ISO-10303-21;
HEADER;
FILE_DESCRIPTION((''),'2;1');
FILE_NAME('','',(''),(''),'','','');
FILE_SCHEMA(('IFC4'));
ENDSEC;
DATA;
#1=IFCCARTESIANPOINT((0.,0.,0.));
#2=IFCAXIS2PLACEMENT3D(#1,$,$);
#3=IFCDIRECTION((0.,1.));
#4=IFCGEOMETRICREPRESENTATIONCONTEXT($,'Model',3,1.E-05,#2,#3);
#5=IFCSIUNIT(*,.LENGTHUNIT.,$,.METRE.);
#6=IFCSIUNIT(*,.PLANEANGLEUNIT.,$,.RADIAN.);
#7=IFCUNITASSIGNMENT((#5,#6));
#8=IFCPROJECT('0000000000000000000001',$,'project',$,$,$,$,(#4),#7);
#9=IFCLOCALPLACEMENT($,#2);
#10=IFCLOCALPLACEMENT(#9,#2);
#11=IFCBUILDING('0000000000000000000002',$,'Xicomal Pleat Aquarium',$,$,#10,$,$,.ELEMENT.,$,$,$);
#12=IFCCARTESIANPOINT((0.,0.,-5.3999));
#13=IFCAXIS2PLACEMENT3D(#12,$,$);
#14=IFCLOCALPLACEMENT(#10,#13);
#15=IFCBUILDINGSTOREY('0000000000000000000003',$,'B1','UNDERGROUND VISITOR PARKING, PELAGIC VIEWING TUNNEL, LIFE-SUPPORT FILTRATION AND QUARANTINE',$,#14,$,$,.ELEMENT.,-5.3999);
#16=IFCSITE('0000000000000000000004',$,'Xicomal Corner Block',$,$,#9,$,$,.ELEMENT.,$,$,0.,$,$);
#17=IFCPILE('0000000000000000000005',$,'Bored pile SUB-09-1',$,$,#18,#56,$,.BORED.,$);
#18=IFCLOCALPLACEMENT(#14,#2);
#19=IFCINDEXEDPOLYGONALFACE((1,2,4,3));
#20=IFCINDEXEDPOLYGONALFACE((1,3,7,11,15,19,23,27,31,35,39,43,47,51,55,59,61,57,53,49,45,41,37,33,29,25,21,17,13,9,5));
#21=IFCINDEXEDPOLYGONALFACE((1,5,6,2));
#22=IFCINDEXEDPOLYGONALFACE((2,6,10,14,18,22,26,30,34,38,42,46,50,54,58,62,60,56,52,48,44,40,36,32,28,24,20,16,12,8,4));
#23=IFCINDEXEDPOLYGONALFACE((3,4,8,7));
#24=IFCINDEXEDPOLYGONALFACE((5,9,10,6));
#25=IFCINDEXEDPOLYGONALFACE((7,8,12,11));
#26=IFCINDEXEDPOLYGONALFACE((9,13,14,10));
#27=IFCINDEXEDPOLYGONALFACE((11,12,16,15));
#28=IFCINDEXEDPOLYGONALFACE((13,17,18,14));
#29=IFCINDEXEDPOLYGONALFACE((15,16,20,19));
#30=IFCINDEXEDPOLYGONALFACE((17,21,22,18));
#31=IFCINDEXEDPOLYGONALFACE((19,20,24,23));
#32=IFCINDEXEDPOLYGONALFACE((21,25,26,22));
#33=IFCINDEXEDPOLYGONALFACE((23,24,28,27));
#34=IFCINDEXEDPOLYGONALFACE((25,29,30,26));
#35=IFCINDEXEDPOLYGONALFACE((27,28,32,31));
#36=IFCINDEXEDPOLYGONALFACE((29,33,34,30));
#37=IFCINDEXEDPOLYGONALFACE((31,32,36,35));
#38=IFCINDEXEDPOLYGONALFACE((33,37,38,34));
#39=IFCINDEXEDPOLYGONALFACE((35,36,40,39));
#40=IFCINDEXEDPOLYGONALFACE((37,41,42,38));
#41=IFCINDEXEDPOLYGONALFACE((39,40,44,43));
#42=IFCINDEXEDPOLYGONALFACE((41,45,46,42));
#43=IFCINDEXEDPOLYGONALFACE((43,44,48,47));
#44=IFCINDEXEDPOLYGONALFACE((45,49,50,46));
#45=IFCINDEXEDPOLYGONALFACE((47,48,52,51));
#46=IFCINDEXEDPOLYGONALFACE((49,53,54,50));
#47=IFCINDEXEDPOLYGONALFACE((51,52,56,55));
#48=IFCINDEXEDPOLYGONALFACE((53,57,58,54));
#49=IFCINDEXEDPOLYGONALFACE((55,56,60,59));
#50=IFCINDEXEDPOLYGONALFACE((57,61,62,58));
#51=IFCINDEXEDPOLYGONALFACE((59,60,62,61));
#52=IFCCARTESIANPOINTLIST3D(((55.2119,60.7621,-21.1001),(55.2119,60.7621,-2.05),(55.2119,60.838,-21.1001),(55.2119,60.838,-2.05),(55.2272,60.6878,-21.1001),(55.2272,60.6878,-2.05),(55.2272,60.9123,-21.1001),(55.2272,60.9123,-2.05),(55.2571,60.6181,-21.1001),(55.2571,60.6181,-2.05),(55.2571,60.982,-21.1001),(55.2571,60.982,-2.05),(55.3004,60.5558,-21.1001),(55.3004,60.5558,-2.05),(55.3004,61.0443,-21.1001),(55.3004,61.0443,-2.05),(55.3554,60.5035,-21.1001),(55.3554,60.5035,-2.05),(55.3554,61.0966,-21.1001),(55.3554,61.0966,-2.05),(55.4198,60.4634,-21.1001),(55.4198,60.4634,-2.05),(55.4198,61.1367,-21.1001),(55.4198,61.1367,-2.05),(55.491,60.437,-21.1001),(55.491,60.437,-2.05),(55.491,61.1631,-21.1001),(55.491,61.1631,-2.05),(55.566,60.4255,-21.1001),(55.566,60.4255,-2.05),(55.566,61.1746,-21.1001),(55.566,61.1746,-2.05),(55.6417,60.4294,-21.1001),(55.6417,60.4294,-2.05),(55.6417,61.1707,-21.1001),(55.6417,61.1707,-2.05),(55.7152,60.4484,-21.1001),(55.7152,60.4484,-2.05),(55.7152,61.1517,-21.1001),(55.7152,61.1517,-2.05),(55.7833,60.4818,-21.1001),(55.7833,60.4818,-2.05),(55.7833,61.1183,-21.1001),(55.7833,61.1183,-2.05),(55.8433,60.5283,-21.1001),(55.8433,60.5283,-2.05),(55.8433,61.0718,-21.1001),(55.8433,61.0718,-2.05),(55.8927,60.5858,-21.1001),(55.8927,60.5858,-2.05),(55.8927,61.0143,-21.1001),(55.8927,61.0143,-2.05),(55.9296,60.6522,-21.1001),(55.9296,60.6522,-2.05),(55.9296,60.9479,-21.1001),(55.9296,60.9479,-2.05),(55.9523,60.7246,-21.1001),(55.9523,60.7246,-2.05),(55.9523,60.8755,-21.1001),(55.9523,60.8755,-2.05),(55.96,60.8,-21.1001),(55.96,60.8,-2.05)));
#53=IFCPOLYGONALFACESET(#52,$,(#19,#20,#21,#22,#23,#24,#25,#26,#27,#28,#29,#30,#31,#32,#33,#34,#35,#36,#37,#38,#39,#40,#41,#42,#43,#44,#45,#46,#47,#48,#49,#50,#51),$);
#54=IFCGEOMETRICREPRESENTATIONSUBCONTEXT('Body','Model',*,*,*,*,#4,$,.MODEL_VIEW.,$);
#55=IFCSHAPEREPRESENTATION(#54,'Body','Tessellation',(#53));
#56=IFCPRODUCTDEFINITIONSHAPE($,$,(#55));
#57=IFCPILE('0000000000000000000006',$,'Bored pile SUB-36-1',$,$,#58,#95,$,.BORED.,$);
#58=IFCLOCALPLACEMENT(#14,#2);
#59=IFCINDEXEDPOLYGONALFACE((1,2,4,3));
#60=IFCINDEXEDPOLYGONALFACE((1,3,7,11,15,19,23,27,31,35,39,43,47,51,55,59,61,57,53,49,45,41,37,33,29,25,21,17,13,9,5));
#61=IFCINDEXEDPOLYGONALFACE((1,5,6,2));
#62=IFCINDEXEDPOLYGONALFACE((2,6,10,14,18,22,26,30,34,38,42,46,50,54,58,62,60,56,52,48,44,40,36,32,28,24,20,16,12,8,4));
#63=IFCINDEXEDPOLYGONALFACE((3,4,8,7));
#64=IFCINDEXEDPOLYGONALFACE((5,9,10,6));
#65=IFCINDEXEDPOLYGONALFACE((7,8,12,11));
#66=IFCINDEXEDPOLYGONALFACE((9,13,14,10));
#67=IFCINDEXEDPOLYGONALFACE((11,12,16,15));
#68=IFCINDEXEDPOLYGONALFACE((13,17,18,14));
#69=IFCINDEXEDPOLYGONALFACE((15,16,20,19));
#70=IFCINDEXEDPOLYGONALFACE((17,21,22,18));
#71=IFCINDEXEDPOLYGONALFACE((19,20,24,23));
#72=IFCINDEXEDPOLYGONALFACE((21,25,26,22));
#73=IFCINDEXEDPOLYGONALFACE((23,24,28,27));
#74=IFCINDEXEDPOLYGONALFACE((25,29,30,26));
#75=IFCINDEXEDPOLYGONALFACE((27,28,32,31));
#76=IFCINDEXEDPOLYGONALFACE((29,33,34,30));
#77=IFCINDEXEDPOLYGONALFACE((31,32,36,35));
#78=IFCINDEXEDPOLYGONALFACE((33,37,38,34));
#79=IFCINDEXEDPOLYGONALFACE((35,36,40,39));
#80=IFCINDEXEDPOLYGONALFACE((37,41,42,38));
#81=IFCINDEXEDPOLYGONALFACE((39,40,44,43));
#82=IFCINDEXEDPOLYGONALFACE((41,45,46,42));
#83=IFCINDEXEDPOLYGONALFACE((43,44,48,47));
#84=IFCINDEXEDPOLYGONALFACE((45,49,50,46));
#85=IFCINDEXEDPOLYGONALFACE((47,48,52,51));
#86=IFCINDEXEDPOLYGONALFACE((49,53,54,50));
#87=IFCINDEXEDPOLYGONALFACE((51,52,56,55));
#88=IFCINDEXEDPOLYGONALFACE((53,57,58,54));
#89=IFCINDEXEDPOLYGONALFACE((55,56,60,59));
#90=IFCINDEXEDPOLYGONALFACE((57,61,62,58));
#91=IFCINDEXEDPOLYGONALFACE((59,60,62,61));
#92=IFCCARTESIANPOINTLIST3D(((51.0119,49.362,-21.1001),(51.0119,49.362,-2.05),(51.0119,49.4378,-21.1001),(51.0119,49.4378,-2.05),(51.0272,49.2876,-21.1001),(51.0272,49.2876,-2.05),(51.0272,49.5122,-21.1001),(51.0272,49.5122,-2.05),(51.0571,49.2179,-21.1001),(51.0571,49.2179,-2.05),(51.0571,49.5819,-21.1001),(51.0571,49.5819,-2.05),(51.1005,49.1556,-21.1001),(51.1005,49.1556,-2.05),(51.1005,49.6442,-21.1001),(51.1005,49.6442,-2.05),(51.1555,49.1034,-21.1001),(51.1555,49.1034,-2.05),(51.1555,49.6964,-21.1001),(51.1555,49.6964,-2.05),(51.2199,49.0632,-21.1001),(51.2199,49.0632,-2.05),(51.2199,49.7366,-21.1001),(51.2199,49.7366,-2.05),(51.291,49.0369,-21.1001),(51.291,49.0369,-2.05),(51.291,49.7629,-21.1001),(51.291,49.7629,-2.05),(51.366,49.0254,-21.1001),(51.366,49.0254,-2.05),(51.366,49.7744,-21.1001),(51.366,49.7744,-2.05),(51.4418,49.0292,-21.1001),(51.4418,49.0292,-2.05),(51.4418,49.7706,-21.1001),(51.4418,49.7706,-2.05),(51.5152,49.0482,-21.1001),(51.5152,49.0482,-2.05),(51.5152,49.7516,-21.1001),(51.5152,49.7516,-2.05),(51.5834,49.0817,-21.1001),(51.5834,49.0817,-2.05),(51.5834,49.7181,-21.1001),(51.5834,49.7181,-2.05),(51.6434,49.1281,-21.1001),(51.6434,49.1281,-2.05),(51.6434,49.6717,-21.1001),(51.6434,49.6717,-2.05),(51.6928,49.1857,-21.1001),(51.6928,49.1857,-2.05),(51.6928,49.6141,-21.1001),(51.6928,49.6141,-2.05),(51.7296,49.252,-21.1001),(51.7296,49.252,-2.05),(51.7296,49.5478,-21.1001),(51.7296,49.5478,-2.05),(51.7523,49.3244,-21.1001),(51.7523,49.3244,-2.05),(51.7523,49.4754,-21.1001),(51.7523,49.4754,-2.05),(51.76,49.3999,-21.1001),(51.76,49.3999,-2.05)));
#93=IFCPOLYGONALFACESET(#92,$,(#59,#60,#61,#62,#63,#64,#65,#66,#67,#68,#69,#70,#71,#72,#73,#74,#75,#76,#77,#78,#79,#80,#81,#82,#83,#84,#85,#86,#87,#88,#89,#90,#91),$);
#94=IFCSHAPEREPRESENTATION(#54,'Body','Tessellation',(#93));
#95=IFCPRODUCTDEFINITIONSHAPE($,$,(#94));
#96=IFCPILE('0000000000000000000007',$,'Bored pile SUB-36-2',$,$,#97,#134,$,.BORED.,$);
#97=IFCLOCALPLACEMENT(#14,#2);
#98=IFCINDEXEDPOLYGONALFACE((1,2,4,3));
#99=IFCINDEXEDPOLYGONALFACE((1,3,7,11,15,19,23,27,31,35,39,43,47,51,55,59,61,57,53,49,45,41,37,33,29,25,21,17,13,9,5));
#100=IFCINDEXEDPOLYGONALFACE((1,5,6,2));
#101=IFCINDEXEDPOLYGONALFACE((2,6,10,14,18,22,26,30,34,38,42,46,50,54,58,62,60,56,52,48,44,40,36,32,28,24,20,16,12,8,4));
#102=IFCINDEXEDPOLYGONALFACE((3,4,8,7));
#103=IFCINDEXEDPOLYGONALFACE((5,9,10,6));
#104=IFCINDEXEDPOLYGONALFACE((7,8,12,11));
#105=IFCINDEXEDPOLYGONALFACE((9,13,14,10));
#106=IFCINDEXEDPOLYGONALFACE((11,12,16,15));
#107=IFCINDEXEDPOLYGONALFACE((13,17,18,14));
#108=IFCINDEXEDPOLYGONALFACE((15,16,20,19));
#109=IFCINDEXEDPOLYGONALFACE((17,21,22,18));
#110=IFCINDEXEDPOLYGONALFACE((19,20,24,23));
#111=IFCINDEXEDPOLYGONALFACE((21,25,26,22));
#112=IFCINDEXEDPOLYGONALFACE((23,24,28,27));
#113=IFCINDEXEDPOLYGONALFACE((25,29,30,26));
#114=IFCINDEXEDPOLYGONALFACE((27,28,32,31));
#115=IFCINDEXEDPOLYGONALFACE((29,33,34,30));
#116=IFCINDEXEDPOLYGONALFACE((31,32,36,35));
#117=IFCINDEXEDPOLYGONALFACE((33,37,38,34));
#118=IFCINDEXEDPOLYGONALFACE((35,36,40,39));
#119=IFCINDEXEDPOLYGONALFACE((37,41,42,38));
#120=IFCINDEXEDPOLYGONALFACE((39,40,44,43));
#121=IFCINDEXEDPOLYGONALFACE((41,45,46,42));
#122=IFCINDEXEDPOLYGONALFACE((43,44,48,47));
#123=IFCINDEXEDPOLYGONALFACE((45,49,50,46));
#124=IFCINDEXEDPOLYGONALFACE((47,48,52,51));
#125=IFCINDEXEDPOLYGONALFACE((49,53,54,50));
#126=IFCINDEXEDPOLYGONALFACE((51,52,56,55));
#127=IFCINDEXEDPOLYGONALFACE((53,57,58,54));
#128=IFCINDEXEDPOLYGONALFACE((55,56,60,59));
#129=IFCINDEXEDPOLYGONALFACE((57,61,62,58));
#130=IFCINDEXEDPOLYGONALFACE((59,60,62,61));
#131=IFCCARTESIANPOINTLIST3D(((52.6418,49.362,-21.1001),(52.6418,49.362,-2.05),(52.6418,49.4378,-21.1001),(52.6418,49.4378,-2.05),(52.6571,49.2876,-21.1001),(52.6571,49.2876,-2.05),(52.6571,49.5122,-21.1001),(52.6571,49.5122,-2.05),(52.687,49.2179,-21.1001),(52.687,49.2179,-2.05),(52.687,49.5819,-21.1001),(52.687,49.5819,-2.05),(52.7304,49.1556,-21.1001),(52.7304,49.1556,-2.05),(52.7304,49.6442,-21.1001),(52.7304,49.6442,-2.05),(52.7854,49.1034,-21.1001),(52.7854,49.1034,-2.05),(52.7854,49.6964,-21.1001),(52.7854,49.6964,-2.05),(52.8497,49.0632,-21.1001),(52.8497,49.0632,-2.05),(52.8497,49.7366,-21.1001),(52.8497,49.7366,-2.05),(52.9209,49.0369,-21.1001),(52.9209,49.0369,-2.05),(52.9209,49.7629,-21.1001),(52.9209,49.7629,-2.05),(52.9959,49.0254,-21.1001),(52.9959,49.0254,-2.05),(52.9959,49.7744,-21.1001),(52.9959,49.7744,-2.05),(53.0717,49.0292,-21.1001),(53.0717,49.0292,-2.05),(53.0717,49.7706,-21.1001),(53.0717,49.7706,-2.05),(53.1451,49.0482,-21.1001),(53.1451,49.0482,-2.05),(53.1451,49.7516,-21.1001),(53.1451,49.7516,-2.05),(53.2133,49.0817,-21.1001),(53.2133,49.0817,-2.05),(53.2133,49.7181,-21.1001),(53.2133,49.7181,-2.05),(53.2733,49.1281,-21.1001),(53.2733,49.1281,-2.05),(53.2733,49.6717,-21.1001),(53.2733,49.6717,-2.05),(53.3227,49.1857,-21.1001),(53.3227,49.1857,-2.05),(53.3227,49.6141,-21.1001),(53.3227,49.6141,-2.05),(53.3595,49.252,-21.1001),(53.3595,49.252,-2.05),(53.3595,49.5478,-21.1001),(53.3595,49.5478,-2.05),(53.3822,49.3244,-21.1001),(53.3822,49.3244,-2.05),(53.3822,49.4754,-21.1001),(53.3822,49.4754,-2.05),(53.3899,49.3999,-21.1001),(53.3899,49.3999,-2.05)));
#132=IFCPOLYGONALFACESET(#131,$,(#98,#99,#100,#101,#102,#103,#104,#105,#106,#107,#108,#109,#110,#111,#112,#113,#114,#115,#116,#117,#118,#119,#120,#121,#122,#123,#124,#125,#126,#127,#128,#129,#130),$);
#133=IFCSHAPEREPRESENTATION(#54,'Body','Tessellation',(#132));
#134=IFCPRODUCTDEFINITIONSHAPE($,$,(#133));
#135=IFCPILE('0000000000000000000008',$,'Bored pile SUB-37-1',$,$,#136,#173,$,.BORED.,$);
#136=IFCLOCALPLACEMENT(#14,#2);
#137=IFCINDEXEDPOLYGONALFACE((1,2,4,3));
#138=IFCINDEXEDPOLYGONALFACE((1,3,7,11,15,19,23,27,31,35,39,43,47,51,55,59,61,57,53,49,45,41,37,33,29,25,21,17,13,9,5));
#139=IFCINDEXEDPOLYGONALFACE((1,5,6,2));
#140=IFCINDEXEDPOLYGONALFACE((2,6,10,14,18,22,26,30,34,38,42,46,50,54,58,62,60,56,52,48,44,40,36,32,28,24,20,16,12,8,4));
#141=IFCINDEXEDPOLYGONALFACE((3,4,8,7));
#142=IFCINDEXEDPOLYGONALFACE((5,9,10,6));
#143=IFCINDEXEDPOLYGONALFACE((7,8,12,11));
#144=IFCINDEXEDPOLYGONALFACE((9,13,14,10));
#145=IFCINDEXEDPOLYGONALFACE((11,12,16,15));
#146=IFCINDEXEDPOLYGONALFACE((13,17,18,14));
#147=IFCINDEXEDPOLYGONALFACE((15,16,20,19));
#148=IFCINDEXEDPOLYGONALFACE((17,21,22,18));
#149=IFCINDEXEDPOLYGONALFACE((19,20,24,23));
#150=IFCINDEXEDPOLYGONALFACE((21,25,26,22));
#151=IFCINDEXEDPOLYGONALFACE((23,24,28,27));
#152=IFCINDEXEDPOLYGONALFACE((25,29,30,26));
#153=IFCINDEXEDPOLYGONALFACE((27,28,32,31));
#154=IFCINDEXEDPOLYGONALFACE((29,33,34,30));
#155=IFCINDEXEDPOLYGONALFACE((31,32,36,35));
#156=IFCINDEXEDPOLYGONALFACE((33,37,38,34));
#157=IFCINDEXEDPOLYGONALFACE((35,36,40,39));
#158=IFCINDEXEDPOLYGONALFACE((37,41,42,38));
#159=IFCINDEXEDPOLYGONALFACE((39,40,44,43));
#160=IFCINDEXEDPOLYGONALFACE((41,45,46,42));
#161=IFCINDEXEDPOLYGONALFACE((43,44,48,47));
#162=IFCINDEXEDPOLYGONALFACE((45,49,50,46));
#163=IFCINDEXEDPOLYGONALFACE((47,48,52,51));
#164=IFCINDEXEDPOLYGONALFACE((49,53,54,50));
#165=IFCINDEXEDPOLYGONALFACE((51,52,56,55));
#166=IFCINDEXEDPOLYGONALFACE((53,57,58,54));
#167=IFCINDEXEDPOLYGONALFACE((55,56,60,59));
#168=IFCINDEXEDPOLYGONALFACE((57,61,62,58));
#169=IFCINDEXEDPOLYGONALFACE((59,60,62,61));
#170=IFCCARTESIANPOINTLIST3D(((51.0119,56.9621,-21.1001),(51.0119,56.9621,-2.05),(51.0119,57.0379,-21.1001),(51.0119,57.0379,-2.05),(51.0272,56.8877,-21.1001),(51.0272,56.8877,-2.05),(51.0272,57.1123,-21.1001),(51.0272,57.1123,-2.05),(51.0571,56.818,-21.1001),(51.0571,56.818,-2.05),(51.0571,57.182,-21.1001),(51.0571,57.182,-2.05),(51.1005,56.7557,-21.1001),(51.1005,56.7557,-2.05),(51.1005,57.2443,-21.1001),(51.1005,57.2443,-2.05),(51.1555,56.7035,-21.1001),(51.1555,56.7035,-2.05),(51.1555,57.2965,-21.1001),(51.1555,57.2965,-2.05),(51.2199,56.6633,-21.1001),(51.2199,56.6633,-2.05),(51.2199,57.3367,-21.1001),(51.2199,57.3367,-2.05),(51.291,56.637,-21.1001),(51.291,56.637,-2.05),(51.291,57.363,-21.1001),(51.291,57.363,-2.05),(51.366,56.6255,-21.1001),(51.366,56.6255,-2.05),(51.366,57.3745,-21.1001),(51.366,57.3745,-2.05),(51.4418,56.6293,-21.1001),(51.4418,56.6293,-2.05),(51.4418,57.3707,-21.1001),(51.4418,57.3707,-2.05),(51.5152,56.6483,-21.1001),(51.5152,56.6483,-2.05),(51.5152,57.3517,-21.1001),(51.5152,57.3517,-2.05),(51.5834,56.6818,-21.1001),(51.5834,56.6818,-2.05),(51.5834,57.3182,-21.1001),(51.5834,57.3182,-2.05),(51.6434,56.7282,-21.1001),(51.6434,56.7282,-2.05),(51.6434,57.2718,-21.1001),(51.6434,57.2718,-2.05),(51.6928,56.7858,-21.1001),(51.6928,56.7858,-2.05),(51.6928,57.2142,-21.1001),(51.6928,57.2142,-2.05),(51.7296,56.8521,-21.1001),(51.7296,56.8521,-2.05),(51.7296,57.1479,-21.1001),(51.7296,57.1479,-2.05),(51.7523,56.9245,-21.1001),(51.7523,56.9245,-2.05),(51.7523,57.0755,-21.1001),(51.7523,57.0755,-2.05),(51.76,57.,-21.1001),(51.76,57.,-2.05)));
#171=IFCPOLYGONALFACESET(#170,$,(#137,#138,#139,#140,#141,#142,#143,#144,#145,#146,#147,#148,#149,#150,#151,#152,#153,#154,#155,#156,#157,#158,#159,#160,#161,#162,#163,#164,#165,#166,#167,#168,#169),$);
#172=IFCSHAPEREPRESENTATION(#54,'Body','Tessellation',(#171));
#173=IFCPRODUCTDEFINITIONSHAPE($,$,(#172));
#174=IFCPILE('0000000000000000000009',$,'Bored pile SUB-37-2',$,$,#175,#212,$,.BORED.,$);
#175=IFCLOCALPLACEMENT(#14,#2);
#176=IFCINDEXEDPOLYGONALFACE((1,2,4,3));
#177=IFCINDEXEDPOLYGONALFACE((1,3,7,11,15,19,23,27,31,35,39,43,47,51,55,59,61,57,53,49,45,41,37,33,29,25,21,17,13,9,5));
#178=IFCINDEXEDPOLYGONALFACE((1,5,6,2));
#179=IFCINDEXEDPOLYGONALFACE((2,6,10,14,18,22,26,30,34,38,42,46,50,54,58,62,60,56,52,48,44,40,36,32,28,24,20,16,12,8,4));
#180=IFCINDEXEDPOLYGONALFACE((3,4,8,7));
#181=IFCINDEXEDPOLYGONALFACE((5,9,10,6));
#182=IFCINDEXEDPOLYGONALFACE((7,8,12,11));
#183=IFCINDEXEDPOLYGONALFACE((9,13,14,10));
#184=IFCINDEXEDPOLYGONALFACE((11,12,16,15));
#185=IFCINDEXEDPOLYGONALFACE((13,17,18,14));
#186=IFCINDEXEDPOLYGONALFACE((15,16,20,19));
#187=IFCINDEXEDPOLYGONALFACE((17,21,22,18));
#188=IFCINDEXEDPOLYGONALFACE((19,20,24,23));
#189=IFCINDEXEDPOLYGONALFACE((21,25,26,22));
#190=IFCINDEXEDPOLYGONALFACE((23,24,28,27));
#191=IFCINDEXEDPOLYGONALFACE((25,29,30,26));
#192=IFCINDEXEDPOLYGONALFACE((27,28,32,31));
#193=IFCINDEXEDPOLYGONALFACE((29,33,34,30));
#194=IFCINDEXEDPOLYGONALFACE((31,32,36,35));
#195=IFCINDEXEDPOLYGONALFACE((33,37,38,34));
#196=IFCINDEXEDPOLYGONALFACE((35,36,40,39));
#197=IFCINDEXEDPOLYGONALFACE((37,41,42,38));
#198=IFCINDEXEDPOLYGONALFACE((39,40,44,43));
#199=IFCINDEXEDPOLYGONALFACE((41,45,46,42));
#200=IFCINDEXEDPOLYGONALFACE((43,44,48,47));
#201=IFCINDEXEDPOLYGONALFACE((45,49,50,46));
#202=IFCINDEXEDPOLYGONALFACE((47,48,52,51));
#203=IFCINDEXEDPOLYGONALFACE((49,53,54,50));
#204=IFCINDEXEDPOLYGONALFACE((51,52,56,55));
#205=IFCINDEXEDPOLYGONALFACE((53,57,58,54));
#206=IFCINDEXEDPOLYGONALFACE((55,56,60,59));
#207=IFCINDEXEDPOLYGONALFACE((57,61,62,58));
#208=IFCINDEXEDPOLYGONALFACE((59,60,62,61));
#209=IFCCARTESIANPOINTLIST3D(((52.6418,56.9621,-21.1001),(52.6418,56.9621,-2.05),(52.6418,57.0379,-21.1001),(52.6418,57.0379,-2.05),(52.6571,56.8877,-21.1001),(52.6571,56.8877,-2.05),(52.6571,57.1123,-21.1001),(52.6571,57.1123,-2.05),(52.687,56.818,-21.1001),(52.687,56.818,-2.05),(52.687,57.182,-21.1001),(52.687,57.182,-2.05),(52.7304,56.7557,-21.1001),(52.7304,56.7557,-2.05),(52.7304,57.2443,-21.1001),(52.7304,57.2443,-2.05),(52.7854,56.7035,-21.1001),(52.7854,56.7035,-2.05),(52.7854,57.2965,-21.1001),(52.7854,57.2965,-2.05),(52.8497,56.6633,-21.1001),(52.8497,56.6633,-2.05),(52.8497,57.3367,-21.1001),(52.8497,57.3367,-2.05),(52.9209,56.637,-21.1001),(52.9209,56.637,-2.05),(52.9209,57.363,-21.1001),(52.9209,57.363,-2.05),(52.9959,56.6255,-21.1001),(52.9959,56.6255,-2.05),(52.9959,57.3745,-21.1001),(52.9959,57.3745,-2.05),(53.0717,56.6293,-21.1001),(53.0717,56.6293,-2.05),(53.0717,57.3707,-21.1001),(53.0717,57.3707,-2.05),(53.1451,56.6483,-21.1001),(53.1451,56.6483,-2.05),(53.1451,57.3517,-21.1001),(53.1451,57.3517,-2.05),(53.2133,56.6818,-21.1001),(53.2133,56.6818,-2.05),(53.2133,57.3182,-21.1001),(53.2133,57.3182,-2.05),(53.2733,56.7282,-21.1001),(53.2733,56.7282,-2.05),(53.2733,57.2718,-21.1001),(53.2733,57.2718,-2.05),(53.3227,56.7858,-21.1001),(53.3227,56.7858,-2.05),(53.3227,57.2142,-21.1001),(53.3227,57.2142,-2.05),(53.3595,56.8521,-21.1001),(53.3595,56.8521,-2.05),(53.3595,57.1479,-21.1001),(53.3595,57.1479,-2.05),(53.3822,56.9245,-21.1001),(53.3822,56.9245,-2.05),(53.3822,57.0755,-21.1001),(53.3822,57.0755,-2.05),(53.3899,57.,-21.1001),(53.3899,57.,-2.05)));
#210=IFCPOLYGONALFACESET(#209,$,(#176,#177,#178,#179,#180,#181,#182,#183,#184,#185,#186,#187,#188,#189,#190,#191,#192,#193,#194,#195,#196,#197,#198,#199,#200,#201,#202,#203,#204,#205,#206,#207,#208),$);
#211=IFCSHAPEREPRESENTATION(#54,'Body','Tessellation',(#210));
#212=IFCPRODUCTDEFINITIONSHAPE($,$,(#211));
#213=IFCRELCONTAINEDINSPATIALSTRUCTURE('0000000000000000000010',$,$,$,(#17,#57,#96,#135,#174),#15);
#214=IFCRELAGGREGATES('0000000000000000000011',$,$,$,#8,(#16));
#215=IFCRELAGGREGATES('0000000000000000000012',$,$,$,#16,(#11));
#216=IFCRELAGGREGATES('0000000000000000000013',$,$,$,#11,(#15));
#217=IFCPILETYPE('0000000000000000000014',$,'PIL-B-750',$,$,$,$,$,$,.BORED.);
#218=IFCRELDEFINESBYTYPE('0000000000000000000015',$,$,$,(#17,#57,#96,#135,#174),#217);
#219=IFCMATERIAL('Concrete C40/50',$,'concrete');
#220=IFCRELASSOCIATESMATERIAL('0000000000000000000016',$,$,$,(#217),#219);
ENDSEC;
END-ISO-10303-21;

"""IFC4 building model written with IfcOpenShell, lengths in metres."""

from ifc_helpers import new_model, si_unit, direction, frame, origin, origin_2d, place, context, subcontext, project, spatial, circle, extrude, material, material_profile, profile_set, type_object, element, save


model = new_model("IFC4")

# Units and contexts
model_context = context("Model", 3, precision=1e-05, world=origin(), true_north=direction((0.0, 1.0)))
body_context = subcontext(model_context, "Body", "Model", "MODEL_VIEW")
ifc_project = project(units=[si_unit("LENGTHUNIT", "METRE"), si_unit("PLANEANGLEUNIT", "RADIAN")], contexts=[model_context])

# Site, building, storey
site_placement = place(None, origin())
site = spatial("IfcSite", under=ifc_project, at=site_placement, Name="Xicomal Corner Block", CompositionType="ELEMENT", RefElevation=0.0)
building_placement = place(site_placement, origin())
building = spatial("IfcBuilding", under=site, at=building_placement, Name="Xicomal Pleat Aquarium", CompositionType="ELEMENT")
storey_placement = place(building_placement, frame((0.0, 0.0, -5.3999)))
storey = spatial("IfcBuildingStorey", under=building, at=storey_placement, Name="B1", Description="UNDERGROUND VISITOR PARKING, PELAGIC VIEWING TUNNEL, LIFE-SUPPORT FILTRATION AND QUARANTINE", CompositionType="ELEMENT", Elevation=-5.3999)

# Piles
ifc_material_1 = material(Name="Concrete C40/50", Category="concrete")
ifc_material_profile_1 = material_profile(ifc_material_1, circle(Radius=0.375, at=origin_2d()), Name="BORED PILE D750")
ifc_profile_set_1 = profile_set([ifc_material_profile_1], Name="Concrete C40/50")
pile_type_1 = type_object("IfcPileType", Name="PIL-B-750", PredefinedType="BORED", material=ifc_profile_set_1)
for number, where, z_axis, x_axis, name in (
    (1, (55.585, 60.8, -2.05), (0.0, 0.0, -1.0), (1.0, 0.0, 0.0), "Bored pile SUB-09-1"),
    (2, (51.385, 49.3999, -2.05), (0.0, 0.0, -1.0), (1.0, 0.0, 0.0), "Bored pile SUB-36-1"),
    (3, (53.0149, 49.3999, -2.05), (0.0, 0.0, -1.0), (1.0, 0.0, 0.0), "Bored pile SUB-36-2"),
    (4, (51.385, 57.0, -2.05), (0.0, 0.0, -1.0), (1.0, 0.0, 0.0), "Bored pile SUB-37-1"),
    (5, (53.0149, 57.0, -2.05), (0.0, 0.0, -1.0), (1.0, 0.0, 0.0), "Bored pile SUB-37-2"),
):
    element("IfcPile", number, at=place(storey_placement, frame(where, z_axis=z_axis, x_axis=x_axis)), inside=storey, type_object=pile_type_1, Name=name, PredefinedType="BORED", context=body_context, shape_type="SweptSolid", body=[
        extrude(circle(Radius=0.375, at=origin_2d()), origin(), (0.0, 0.0, 1.0), 19.05),
    ])

save(model, "model.ifc")
